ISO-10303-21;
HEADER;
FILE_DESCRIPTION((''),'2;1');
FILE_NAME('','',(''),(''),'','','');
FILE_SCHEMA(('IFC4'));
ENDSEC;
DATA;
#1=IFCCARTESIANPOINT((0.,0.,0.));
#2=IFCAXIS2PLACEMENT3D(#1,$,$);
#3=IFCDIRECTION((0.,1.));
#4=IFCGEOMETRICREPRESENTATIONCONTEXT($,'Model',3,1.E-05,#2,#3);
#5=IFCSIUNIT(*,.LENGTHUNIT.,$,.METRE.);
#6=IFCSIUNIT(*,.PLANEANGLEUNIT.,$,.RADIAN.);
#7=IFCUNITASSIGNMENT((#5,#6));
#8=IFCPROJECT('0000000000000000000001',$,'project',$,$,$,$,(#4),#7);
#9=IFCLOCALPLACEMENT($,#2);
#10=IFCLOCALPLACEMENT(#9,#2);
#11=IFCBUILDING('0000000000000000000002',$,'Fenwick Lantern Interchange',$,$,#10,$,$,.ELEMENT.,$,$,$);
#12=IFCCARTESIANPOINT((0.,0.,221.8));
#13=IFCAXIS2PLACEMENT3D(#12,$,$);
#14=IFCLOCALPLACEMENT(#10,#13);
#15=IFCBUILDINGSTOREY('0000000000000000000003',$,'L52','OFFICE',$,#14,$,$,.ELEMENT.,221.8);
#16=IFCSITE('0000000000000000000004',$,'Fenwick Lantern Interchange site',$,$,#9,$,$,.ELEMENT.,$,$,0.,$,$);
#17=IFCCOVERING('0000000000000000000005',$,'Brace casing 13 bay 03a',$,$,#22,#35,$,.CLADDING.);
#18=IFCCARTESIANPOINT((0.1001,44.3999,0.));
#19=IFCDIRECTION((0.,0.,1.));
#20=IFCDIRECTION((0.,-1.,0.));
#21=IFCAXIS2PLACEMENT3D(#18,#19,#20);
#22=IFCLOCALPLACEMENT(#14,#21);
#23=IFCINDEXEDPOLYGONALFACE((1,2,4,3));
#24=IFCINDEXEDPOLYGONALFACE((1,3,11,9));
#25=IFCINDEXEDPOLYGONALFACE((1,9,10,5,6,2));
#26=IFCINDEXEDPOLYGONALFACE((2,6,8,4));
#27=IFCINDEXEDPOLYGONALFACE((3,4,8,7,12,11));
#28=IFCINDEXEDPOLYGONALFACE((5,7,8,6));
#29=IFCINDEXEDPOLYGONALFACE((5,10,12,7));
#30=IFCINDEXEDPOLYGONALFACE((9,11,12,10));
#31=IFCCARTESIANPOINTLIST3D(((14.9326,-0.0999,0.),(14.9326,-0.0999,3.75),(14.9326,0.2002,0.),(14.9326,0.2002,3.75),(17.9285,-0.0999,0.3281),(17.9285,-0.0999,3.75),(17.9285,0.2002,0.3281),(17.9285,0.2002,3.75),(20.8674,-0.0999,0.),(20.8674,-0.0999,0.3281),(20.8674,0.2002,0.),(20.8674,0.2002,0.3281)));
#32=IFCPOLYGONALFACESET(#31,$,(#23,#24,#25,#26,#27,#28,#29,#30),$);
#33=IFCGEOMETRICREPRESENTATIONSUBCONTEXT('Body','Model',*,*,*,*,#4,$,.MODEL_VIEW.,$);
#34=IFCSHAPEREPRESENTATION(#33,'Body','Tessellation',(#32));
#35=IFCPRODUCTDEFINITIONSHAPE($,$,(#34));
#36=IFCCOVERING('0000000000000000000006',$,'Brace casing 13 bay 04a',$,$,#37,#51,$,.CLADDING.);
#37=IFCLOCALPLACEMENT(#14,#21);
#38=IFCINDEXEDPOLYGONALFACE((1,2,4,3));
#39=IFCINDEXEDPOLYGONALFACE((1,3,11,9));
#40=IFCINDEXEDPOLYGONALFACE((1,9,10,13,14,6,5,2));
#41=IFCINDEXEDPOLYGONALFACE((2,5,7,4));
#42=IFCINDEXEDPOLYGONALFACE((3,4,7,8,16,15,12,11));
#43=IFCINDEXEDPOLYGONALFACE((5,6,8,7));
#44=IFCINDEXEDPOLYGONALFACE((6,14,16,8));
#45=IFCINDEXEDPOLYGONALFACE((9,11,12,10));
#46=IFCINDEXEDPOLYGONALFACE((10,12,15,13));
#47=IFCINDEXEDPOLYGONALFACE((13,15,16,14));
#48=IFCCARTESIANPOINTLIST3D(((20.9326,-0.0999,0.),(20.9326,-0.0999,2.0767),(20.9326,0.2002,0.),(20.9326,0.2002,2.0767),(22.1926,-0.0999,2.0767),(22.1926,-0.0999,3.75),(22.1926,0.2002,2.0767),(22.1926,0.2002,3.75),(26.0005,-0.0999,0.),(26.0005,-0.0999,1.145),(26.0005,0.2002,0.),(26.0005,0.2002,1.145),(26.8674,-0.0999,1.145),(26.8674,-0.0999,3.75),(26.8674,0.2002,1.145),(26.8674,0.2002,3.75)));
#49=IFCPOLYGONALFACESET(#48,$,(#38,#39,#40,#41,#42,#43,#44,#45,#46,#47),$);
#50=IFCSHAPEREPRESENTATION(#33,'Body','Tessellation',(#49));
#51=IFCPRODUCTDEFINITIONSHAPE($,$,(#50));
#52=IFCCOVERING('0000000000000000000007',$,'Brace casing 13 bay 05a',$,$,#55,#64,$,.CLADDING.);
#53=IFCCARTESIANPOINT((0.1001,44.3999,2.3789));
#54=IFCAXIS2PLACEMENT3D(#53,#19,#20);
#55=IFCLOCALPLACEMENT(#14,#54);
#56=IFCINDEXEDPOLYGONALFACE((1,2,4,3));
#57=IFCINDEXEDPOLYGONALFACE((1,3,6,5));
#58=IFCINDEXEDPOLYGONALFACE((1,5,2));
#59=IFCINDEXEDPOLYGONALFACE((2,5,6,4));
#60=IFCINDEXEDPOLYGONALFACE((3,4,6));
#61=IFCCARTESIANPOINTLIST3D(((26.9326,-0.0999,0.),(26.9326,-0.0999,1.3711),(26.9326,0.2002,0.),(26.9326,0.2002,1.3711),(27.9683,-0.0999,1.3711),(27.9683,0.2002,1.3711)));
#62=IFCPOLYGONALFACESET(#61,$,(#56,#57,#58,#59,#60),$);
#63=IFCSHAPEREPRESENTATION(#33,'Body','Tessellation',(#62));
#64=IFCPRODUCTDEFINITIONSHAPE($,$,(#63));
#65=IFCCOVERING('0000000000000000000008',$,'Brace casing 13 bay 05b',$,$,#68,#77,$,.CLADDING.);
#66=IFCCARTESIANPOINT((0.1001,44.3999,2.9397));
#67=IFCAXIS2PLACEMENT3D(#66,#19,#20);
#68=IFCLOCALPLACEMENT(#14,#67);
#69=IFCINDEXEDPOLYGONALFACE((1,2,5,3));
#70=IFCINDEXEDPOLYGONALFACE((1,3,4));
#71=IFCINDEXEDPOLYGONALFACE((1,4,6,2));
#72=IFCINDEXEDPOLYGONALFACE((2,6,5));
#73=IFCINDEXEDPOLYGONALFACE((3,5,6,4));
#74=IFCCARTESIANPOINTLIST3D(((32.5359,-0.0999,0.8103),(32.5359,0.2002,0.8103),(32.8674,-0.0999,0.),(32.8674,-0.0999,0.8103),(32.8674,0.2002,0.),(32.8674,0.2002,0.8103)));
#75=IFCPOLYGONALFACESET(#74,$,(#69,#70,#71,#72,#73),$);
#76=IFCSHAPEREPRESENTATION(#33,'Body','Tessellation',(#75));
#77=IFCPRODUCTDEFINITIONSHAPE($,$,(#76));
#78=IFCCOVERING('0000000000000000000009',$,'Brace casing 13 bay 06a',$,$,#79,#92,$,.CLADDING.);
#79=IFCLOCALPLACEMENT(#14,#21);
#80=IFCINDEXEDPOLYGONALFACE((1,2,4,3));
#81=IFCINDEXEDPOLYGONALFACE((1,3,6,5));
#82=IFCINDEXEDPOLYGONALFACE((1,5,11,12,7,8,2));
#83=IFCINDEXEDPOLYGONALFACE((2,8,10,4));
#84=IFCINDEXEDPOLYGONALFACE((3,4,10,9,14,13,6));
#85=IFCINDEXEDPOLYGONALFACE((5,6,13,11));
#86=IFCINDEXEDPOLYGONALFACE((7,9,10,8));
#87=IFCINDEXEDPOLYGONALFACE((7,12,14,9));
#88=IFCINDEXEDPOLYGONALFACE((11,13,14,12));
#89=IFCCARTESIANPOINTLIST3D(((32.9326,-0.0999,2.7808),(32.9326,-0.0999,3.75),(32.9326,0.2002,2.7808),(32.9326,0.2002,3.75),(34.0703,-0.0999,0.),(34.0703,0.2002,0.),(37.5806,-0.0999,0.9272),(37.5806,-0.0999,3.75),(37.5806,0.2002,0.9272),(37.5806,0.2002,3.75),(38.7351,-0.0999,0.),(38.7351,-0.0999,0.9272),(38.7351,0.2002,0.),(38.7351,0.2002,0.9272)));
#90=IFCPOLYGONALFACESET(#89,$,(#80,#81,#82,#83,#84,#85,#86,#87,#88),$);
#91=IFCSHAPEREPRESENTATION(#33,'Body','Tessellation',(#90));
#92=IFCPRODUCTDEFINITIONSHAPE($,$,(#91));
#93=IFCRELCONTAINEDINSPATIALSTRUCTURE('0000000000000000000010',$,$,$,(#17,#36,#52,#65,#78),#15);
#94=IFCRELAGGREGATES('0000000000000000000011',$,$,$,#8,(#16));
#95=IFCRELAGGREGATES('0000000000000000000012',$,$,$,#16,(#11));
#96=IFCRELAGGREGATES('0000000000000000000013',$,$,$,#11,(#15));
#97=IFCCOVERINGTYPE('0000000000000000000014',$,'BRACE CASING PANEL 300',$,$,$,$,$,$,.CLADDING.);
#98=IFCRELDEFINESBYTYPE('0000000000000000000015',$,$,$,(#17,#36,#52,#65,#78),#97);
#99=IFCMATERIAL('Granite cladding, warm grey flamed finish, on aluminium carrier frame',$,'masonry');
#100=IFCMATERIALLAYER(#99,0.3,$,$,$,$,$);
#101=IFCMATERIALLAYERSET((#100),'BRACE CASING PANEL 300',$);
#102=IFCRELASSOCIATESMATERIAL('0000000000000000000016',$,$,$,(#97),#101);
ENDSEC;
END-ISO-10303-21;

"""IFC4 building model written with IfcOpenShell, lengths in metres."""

from ifc_helpers import new_model, si_unit, direction, frame, origin, place, context, subcontext, project, spatial, polyline, outline, extrude, material, layer, layer_set, type_object, element, save


model = new_model("IFC4")

# Units and contexts
model_context = context("Model", 3, precision=1e-05, world=origin(), true_north=direction((0.0, 1.0)))
body_context = subcontext(model_context, "Body", "Model", "MODEL_VIEW")
ifc_project = project(units=[si_unit("LENGTHUNIT", "METRE"), si_unit("PLANEANGLEUNIT", "RADIAN")], contexts=[model_context])

# Site, building, storey
site_placement = place(None, origin())
site = spatial("IfcSite", under=ifc_project, at=site_placement, Name="Fenwick Lantern Interchange site", CompositionType="ELEMENT", RefElevation=0.0)
building_placement = place(site_placement, origin())
building = spatial("IfcBuilding", under=site, at=building_placement, Name="Fenwick Lantern Interchange", CompositionType="ELEMENT")
storey_placement = place(building_placement, frame((0.0, 0.0, 221.8)))
storey = spatial("IfcBuildingStorey", under=building, at=storey_placement, Name="L52", Description="OFFICE", CompositionType="ELEMENT", Elevation=221.8)

# Coverings
ifc_material_1 = material(Name="Granite cladding, warm grey flamed finish, on aluminium carrier frame", Category="masonry")
ifc_layer_1 = layer(ifc_material_1, 0.3)
ifc_layer_set_1 = layer_set([ifc_layer_1], Name="BRACE CASING PANEL 300")
covering_type = type_object("IfcCoveringType", Name="BRACE CASING PANEL 300", PredefinedType="CLADDING", material=ifc_layer_set_1)
covering_1_placement = place(storey_placement, frame((0.1001, 44.3999, 0.0), z_axis=(0.0, 0.0, 1.0), x_axis=(0.0, -1.0, 0.0)))
element("IfcCovering", 1, at=covering_1_placement, inside=storey, type_object=covering_type, Name="Brace casing 13 bay 03a", PredefinedType="CLADDING", context=body_context, shape_type="SweptSolid", body=[
    extrude(outline(polyline([(14.9326, 0.0), (20.8674, 0.0), (20.8674, 0.3281), (17.9285, 0.3281), (17.9285, 3.75), (14.9326, 3.75), (14.9326, 0.0)])), frame((0.0, 0.2002, 0.0), z_axis=(0.0, -1.0, 0.0), x_axis=(1.0, 0.0, 0.0)), (0.0, 0.0, 1.0), 0.3),
])
covering_2_placement = place(storey_placement, frame((0.1001, 44.3999, 0.0), z_axis=(0.0, 0.0, 1.0), x_axis=(0.0, -1.0, 0.0)))
element("IfcCovering", 2, at=covering_2_placement, inside=storey, type_object=covering_type, Name="Brace casing 13 bay 04a", PredefinedType="CLADDING", context=body_context, shape_type="SweptSolid", body=[
    extrude(outline(polyline([(20.9326, 0.0), (26.0005, 0.0), (26.0005, 1.145), (26.8674, 1.145), (26.8674, 3.75), (22.1926, 3.75), (22.1926, 2.0767), (20.9326, 2.0767), (20.9326, 0.0)])), frame((0.0, 0.2002, 0.0), z_axis=(0.0, -1.0, 0.0), x_axis=(1.0, 0.0, 0.0)), (0.0, 0.0, 1.0), 0.3),
])
covering_3_placement = place(storey_placement, frame((0.1001, 44.3999, 2.3789), z_axis=(0.0, 0.0, 1.0), x_axis=(0.0, -1.0, 0.0)))
element("IfcCovering", 3, at=covering_3_placement, inside=storey, type_object=covering_type, Name="Brace casing 13 bay 05a", PredefinedType="CLADDING", context=body_context, shape_type="SweptSolid", body=[
    extrude(outline(polyline([(26.9326, 0.0), (27.9683, 1.3711), (26.9326, 1.3711), (26.9326, 0.0)])), frame((0.0, 0.2002, 0.0), z_axis=(0.0, -1.0, 0.0), x_axis=(1.0, 0.0, 0.0)), (0.0, 0.0, 1.0), 0.3),
])
covering_4_placement = place(storey_placement, frame((0.1001, 44.3999, 2.9397), z_axis=(0.0, 0.0, 1.0), x_axis=(0.0, -1.0, 0.0)))
element("IfcCovering", 4, at=covering_4_placement, inside=storey, type_object=covering_type, Name="Brace casing 13 bay 05b", PredefinedType="CLADDING", context=body_context, shape_type="SweptSolid", body=[
    extrude(outline(polyline([(32.8674, 0.0), (32.8674, 0.8103), (32.5359, 0.8103), (32.8674, 0.0)])), frame((0.0, 0.2002, 0.0), z_axis=(0.0, -1.0, 0.0), x_axis=(1.0, 0.0, 0.0)), (0.0, 0.0, 1.0), 0.3),
])
covering_5_placement = place(storey_placement, frame((0.1001, 44.3999, 0.0), z_axis=(0.0, 0.0, 1.0), x_axis=(0.0, -1.0, 0.0)))
element("IfcCovering", 5, at=covering_5_placement, inside=storey, type_object=covering_type, Name="Brace casing 13 bay 06a", PredefinedType="CLADDING", context=body_context, shape_type="SweptSolid", body=[
    extrude(outline(polyline([(34.0703, 0.0), (38.7351, 0.0), (38.7351, 0.9272), (37.5806, 0.9272), (37.5806, 3.75), (32.9326, 3.75), (32.9326, 2.7808), (34.0703, 0.0)])), frame((0.0, 0.2002, 0.0), z_axis=(0.0, -1.0, 0.0), x_axis=(1.0, 0.0, 0.0)), (0.0, 0.0, 1.0), 0.3),
])

save(model, "model.ifc")
